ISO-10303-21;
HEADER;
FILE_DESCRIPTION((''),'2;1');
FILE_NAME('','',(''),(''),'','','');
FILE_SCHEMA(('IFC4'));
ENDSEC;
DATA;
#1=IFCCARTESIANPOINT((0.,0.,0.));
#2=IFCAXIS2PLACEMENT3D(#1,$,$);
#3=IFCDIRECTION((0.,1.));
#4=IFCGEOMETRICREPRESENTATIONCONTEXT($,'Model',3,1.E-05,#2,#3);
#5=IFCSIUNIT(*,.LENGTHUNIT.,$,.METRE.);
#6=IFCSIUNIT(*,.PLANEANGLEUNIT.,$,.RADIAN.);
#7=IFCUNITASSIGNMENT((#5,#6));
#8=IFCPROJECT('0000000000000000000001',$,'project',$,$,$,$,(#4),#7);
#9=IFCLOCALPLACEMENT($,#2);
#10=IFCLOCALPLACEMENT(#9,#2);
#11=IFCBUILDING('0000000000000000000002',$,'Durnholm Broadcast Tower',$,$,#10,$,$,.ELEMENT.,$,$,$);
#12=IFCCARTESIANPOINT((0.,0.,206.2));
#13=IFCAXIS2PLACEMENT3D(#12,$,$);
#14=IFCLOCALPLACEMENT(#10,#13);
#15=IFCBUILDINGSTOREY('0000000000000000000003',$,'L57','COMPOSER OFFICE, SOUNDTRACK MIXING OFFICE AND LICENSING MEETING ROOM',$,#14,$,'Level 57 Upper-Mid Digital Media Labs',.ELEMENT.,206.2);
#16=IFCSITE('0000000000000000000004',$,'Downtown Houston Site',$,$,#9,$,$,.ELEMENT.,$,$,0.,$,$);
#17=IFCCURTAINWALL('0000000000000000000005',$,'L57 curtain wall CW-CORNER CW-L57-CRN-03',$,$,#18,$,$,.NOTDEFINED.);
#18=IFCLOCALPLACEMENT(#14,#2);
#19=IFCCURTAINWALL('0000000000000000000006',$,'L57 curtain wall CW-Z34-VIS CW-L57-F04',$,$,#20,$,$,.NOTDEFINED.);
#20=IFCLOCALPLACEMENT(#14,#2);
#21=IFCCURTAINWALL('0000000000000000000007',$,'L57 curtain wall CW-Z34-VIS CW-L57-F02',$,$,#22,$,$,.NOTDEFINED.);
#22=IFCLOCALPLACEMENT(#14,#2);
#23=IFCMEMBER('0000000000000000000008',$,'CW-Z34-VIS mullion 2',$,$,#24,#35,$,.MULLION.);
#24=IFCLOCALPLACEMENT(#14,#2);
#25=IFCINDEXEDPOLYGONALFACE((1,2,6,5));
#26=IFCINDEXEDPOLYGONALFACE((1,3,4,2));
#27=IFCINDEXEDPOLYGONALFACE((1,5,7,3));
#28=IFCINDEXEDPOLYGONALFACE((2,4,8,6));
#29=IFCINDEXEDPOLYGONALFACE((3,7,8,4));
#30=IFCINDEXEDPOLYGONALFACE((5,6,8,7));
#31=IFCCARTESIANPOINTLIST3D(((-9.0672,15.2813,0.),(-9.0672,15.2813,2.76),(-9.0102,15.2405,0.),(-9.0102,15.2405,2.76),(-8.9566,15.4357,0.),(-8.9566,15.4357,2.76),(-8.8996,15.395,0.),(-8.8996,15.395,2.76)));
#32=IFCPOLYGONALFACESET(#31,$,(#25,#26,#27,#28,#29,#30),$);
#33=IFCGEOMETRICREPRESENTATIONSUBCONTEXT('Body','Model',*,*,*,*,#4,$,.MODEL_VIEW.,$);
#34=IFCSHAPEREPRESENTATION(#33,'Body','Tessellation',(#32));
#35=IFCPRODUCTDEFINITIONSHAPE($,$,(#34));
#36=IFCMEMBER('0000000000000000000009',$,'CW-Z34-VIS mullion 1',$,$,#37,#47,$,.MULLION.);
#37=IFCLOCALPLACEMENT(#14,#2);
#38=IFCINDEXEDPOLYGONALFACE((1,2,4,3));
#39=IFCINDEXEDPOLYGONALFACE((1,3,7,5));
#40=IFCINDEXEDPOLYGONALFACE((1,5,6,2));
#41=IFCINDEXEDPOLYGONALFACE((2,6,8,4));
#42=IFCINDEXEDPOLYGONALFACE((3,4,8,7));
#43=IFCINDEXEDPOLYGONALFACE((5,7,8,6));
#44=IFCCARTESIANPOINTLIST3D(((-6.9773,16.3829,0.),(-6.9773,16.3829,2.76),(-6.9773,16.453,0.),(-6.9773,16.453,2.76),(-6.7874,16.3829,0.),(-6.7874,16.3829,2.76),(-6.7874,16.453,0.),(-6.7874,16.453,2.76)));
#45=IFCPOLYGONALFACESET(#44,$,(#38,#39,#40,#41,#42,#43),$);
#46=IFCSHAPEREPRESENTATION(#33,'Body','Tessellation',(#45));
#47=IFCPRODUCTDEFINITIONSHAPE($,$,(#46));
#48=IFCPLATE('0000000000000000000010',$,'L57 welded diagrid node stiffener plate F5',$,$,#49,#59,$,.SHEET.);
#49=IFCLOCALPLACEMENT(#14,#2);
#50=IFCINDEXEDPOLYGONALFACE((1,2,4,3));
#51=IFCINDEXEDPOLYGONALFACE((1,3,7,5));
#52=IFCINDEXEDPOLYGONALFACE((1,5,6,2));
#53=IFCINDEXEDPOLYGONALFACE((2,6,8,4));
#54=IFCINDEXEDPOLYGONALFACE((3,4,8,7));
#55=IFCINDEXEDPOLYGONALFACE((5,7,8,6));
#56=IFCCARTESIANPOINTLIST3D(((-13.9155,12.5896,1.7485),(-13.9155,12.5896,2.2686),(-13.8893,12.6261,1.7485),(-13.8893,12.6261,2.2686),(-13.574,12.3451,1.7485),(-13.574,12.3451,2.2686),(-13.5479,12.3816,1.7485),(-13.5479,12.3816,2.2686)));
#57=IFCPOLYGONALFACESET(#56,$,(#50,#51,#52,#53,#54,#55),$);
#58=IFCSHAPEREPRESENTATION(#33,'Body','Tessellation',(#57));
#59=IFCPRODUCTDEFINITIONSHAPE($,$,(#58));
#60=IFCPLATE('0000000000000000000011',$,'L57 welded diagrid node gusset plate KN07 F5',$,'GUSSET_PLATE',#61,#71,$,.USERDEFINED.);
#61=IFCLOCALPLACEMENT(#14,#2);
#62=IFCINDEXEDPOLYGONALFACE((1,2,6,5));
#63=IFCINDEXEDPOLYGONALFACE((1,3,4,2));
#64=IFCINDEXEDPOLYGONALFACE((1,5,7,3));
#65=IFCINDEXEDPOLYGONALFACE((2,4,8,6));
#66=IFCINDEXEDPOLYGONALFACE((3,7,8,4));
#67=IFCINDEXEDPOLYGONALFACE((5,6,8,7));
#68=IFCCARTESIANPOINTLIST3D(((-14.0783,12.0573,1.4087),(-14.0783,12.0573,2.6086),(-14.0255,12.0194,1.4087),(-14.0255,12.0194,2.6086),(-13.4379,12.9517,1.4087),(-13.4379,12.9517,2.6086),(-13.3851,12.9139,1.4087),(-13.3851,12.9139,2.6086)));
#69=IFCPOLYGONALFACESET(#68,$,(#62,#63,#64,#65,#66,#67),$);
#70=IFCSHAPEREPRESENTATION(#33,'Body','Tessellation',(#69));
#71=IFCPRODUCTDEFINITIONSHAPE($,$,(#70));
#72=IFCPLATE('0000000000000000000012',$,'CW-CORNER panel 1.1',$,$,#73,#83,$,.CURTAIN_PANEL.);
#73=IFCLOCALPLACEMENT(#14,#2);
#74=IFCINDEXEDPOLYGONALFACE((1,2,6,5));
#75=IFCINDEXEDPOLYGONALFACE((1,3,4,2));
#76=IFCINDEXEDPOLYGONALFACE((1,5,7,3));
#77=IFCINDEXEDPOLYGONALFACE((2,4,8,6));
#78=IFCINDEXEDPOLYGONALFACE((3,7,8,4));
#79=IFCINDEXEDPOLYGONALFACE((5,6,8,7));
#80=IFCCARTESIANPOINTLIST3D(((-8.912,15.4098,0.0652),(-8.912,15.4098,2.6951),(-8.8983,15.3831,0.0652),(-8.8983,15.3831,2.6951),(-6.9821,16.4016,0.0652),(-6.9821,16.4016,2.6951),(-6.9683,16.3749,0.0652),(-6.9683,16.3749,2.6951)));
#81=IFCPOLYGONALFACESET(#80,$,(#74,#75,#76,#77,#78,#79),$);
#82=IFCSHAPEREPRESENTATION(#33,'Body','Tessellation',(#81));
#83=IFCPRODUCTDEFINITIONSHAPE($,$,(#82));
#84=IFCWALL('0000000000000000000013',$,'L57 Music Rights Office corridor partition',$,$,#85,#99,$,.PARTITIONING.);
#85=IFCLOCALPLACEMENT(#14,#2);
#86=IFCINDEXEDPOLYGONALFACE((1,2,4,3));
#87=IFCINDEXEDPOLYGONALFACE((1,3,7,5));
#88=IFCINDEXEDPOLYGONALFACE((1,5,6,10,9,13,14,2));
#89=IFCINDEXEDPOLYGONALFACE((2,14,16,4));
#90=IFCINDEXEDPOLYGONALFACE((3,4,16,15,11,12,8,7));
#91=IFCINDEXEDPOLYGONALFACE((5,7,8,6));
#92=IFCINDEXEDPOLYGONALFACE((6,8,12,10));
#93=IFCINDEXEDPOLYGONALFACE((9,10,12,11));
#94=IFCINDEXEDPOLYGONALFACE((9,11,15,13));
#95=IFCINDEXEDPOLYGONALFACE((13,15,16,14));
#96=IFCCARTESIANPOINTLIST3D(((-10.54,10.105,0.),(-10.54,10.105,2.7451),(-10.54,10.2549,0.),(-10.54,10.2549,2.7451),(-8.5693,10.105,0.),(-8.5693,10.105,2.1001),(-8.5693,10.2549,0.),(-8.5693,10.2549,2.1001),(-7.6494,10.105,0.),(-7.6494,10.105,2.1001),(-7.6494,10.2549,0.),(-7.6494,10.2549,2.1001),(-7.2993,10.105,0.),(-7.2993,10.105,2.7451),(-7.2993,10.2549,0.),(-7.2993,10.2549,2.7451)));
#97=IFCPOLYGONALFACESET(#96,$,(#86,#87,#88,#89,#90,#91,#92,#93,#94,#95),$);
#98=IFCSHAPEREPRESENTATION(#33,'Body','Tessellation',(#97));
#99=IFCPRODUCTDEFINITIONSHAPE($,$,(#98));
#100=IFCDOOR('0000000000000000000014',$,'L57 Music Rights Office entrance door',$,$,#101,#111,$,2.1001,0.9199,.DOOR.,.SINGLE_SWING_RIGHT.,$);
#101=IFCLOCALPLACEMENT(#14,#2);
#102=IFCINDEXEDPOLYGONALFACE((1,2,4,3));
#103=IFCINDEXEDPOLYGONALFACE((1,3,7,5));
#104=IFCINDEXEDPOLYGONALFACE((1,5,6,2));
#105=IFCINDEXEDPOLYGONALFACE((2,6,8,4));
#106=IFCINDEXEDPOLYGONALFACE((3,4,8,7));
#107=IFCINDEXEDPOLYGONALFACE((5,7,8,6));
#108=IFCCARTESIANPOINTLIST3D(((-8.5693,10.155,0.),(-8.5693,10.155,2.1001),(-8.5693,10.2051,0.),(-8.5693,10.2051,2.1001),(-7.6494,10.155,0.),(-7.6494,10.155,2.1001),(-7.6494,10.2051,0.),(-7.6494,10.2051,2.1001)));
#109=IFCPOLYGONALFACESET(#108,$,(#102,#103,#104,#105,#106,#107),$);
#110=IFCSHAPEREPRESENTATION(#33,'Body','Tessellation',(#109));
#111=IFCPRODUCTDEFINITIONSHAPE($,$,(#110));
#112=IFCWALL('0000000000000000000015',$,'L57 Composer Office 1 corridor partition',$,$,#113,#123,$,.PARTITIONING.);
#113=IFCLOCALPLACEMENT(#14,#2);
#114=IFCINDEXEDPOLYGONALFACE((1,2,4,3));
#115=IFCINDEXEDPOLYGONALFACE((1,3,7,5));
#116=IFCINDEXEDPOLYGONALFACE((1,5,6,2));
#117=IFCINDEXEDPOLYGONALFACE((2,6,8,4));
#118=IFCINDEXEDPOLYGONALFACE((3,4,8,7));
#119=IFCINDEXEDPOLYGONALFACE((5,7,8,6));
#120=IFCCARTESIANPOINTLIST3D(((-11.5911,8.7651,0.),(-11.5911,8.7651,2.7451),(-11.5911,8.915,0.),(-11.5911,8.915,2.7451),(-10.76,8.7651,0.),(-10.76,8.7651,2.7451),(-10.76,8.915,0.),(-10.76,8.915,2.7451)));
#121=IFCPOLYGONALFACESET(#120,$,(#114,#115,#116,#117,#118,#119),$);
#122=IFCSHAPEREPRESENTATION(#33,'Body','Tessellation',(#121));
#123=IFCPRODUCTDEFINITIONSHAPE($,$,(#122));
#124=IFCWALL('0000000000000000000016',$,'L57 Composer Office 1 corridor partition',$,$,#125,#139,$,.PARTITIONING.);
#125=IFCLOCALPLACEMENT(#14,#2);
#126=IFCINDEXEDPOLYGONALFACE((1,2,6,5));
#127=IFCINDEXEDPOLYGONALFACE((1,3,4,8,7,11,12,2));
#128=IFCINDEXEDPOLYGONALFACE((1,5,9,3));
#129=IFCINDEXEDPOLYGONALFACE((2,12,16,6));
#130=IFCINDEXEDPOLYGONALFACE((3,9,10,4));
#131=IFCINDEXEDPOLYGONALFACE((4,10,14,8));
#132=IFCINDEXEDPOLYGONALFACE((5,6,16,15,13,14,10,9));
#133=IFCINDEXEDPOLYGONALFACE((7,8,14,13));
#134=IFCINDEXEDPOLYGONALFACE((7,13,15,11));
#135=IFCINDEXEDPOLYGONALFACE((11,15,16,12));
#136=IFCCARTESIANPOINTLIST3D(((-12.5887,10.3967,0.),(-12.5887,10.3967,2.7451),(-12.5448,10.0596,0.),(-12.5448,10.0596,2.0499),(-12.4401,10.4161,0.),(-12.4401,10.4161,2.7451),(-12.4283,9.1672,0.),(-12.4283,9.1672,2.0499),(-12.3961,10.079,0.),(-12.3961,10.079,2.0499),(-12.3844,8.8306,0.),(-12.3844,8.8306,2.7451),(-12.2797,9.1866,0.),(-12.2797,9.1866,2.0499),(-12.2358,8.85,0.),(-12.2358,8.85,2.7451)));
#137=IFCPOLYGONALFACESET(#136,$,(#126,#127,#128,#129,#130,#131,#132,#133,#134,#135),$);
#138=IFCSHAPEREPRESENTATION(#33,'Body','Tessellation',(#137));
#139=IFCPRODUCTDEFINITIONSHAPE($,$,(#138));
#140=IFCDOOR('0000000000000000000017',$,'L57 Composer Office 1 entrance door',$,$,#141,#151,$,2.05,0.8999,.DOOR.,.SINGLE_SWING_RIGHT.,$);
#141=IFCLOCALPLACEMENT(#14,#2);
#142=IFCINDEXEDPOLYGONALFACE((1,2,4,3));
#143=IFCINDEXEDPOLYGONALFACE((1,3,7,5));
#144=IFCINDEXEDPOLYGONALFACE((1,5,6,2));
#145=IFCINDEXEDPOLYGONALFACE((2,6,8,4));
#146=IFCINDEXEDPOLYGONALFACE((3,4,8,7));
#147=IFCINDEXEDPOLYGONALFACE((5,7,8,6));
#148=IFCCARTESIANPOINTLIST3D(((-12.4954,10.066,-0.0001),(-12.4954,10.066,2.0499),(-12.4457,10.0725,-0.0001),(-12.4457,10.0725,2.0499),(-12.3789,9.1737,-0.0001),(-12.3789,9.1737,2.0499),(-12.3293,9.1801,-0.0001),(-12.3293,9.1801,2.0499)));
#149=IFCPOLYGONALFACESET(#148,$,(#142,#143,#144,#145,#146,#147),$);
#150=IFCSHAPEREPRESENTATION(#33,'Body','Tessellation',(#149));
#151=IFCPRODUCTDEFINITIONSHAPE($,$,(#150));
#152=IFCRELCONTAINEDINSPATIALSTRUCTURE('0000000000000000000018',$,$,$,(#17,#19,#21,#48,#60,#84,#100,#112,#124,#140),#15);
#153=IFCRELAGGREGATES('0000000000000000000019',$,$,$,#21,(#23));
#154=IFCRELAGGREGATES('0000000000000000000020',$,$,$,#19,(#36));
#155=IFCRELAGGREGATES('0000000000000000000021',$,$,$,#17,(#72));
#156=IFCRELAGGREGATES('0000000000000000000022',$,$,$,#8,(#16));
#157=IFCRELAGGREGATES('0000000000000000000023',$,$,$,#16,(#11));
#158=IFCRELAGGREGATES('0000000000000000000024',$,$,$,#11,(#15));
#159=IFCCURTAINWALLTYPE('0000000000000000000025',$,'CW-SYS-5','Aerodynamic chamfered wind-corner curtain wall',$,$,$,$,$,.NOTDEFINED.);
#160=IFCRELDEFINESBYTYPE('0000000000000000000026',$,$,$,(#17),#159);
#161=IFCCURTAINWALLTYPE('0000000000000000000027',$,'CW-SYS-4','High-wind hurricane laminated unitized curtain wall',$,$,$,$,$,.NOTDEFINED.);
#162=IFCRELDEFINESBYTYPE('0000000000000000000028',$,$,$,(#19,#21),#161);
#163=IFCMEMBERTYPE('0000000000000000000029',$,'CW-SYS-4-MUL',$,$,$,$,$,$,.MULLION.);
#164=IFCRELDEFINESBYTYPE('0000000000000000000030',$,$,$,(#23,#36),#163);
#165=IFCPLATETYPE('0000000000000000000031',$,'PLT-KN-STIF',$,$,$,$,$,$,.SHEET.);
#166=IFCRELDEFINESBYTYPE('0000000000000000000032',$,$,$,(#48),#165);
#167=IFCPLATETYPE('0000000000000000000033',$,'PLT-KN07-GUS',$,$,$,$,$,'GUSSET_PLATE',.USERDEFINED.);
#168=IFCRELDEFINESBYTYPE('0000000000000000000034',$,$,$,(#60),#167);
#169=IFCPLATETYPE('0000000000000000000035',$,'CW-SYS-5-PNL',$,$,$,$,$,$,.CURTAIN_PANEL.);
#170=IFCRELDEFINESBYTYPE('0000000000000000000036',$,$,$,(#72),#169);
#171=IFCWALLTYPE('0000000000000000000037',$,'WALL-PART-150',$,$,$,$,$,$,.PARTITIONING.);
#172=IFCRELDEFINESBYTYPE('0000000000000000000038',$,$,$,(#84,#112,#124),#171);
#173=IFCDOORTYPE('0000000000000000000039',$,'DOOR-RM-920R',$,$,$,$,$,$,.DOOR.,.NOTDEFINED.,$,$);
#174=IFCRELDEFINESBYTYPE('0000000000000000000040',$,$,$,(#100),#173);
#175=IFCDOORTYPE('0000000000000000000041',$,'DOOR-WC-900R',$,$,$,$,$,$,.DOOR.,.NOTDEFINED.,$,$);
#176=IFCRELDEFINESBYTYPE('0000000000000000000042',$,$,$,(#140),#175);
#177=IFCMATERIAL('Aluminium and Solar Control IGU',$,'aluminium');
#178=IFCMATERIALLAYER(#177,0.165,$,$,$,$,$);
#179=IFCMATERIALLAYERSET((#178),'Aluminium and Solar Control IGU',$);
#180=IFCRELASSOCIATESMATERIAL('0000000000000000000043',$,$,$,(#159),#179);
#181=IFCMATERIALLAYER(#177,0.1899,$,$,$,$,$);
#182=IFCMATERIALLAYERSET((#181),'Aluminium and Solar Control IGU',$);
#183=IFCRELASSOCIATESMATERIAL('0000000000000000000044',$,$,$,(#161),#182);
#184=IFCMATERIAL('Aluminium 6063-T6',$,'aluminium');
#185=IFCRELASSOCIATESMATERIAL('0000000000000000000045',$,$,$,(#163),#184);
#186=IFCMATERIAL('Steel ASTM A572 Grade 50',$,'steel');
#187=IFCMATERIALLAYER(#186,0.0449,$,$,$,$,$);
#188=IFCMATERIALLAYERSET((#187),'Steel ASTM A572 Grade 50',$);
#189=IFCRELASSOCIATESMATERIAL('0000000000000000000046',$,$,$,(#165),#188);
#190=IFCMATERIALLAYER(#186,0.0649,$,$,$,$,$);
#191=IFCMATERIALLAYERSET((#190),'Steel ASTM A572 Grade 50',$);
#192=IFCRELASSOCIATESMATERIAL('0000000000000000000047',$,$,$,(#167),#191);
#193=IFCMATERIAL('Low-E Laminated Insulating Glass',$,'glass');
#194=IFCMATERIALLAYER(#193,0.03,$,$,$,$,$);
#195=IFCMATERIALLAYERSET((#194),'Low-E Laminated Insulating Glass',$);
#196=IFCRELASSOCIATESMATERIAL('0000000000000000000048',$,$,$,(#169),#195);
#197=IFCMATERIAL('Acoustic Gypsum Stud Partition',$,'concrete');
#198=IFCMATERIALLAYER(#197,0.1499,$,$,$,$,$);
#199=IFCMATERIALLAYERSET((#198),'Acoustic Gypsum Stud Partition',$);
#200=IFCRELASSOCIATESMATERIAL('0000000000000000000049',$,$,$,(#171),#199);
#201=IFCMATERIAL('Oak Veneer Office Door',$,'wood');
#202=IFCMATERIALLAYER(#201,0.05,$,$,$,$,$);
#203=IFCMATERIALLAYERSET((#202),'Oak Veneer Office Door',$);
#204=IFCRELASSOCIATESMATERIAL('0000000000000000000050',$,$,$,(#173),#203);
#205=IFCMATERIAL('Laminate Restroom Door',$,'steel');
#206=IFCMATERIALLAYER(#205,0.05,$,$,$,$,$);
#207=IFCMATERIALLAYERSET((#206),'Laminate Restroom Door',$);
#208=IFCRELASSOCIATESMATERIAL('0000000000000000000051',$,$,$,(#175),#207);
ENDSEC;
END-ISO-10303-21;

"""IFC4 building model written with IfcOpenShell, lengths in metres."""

from ifc_helpers import new_model, si_unit, direction, frame, frame_2d, origin, origin_2d, place, context, subcontext, project, spatial, rectangle, extrude, source, transform, mapped, material, layer, layer_set, material_profile, profile_set, type_object, type_shapes, element, fill, aggregate, save


model = new_model("IFC4")

# Units and contexts
model_context = context("Model", 3, precision=1e-05, world=origin(), true_north=direction((0.0, 1.0)))
body_context = subcontext(model_context, "Body", "Model", "MODEL_VIEW")
ifc_project = project(units=[si_unit("LENGTHUNIT", "METRE"), si_unit("PLANEANGLEUNIT", "RADIAN")], contexts=[model_context])

# Site, building, storey
site_placement = place(None, origin())
site = spatial("IfcSite", under=ifc_project, at=site_placement, Name="Downtown Houston Site", CompositionType="ELEMENT", RefElevation=0.0)
building_placement = place(site_placement, origin())
building = spatial("IfcBuilding", under=site, at=building_placement, Name="Durnholm Broadcast Tower", CompositionType="ELEMENT")
storey_placement = place(building_placement, frame((0.0, 0.0, 206.2)))
storey = spatial("IfcBuildingStorey", under=building, at=storey_placement, Name="L57", Description="COMPOSER OFFICE, SOUNDTRACK MIXING OFFICE AND LICENSING MEETING ROOM", LongName="Level 57 Upper-Mid Digital Media Labs", CompositionType="ELEMENT", Elevation=206.2)

# Curtain walls
ifc_material_1 = material(Name="Aluminium and Solar Control IGU", Category="aluminium")
ifc_layer_1 = layer(ifc_material_1, 0.165)
ifc_layer_set_1 = layer_set([ifc_layer_1], Name="Aluminium and Solar Control IGU")
curtain_wall_type_1 = type_object("IfcCurtainWallType", Name="CW-SYS-5", Description="Aerodynamic chamfered wind-corner curtain wall", PredefinedType="NOTDEFINED", material=ifc_layer_set_1)
curtain_wall_1_placement = place(storey_placement, origin())
curtain_wall_1 = element("IfcCurtainWall", 1, at=curtain_wall_1_placement, inside=storey, type_object=curtain_wall_type_1, Name="L57 curtain wall CW-CORNER CW-L57-CRN-03", PredefinedType="NOTDEFINED")
ifc_material_2 = material(Name="Aluminium 6063-T6", Category="aluminium")
ifc_layer_2 = layer(ifc_material_1, 0.1899)
ifc_layer_set_2 = layer_set([ifc_layer_2], Name="Aluminium and Solar Control IGU")
curtain_wall_type_2 = type_object("IfcCurtainWallType", Name="CW-SYS-4", Description="High-wind hurricane laminated unitized curtain wall", PredefinedType="NOTDEFINED", material=ifc_layer_set_2)
curtain_wall_2_placement = place(storey_placement, origin())
curtain_wall_2 = element("IfcCurtainWall", 2, at=curtain_wall_2_placement, inside=storey, type_object=curtain_wall_type_2, Name="L57 curtain wall CW-Z34-VIS CW-L57-F04", PredefinedType="NOTDEFINED")

# Curtain wall, member
curtain_wall_3_placement = place(storey_placement, origin())
curtain_wall_3 = element("IfcCurtainWall", 3, at=curtain_wall_3_placement, inside=storey, type_object=curtain_wall_type_2, Name="L57 curtain wall CW-Z34-VIS CW-L57-F02", PredefinedType="NOTDEFINED")
ifc_material_profile_1 = material_profile(ifc_material_2, rectangle(XDim=0.0701, YDim=0.1899, at=origin_2d()), Name="CWM70X190")
ifc_profile_set_1 = profile_set([ifc_material_profile_1], Name="Aluminium 6063-T6")
member_type_1 = type_object("IfcMemberType", Name="CW-SYS-4-MUL", PredefinedType="MULLION", material=ifc_profile_set_1)
shared_shape_1 = source(origin(), body_context, "Body", "SweptSolid", [
    extrude(rectangle(XDim=0.0701, YDim=0.1899, at=origin_2d()), origin(), (0.0, 0.0, 1.0), 2.76),
])
type_shapes(member_type_1, [shared_shape_1])
member_1_placement = place(storey_placement, frame((-8.9834, 15.3381, 0.0), z_axis=(0.0, 0.0, 1.0), x_axis=(-0.813089, 0.582139, 0.0)))
member_1 = element("IfcMember", 4, at=member_1_placement, type_object=member_type_1, Name="CW-Z34-VIS mullion 2", PredefinedType="MULLION", context=body_context, shape_type="MappedRepresentation", body=[
    mapped(shared_shape_1, transform((0.0, 0.0, 0.0), x_axis=(1.0, 0.0, 0.0), y_axis=(0.0, 1.0, 0.0), z_axis=(0.0, 0.0, 1.0), scale=1.0)),
])
aggregate(curtain_wall_3, [member_1])

# Member
member_2_placement = place(storey_placement, frame((-6.8823, 16.418, 0.0), z_axis=(0.0, 0.0, 1.0), x_axis=(0.0, 1.0, 0.0)))
member_2 = element("IfcMember", 5, at=member_2_placement, type_object=member_type_1, Name="CW-Z34-VIS mullion 1", PredefinedType="MULLION", context=body_context, shape_type="MappedRepresentation", body=[
    mapped(shared_shape_1, transform((0.0, 0.0, 0.0), x_axis=(1.0, 0.0, 0.0), y_axis=(0.0, 1.0, 0.0), z_axis=(0.0, 0.0, 1.0), scale=1.0)),
])
aggregate(curtain_wall_2, [member_2])

# Plates
ifc_material_3 = material(Name="Steel ASTM A572 Grade 50", Category="steel")
ifc_layer_3 = layer(ifc_material_3, 0.0449)
ifc_layer_set_3 = layer_set([ifc_layer_3], Name="Steel ASTM A572 Grade 50")
plate_type_1 = type_object("IfcPlateType", Name="PLT-KN-STIF", PredefinedType="SHEET", material=ifc_layer_set_3)
shared_shape_2 = source(origin(), body_context, "Body", "SweptSolid", [
    extrude(rectangle(XDim=0.0449, YDim=0.4199, at=origin_2d()), origin(), (0.0, 0.0, 1.0), 0.52),
])
type_shapes(plate_type_1, [shared_shape_2])
plate_1_placement = place(storey_placement, frame((-13.7317, 12.4856, 1.7485), z_axis=(0.0, 0.0, 1.0), x_axis=(-0.582123, -0.813101, 0.0)))
element("IfcPlate", 6, at=plate_1_placement, inside=storey, type_object=plate_type_1, Name="L57 welded diagrid node stiffener plate F5", PredefinedType="SHEET", context=body_context, shape_type="MappedRepresentation", body=[
    mapped(shared_shape_2, transform((0.0, 0.0, 0.0), x_axis=(1.0, 0.0, 0.0), y_axis=(0.0, 1.0, 0.0), z_axis=(0.0, 0.0, 1.0), scale=1.0)),
])
ifc_layer_4 = layer(ifc_material_3, 0.0649)
ifc_layer_set_4 = layer_set([ifc_layer_4], Name="Steel ASTM A572 Grade 50")
plate_type_2 = type_object("IfcPlateType", Name="PLT-KN07-GUS", ElementType="GUSSET_PLATE", PredefinedType="USERDEFINED", material=ifc_layer_set_4)
shared_shape_3 = source(origin(), body_context, "Body", "SweptSolid", [
    extrude(rectangle(XDim=1.1001, YDim=0.0649, at=origin_2d()), origin(), (0.0, 0.0, 1.0), 1.2),
])
type_shapes(plate_type_2, [shared_shape_3])
plate_2_placement = place(storey_placement, frame((-13.7317, 12.4856, 1.4087), z_axis=(0.0, 0.0, 1.0), x_axis=(-0.582123, -0.813101, 0.0)))
element("IfcPlate", 7, at=plate_2_placement, inside=storey, type_object=plate_type_2, Name="L57 welded diagrid node gusset plate KN07 F5", ObjectType="GUSSET_PLATE", PredefinedType="USERDEFINED", context=body_context, shape_type="MappedRepresentation", body=[
    mapped(shared_shape_3, transform((0.0, 0.0, 0.0), x_axis=(1.0, 0.0, 0.0), y_axis=(0.0, 1.0, 0.0), z_axis=(0.0, 0.0, 1.0), scale=1.0)),
])

# Plate
ifc_material_4 = material(Name="Low-E Laminated Insulating Glass", Category="glass")
ifc_layer_5 = layer(ifc_material_4, 0.03)
ifc_layer_set_5 = layer_set([ifc_layer_5], Name="Low-E Laminated Insulating Glass")
plate_type_3 = type_object("IfcPlateType", Name="CW-SYS-5-PNL", PredefinedType="CURTAIN_PANEL", material=ifc_layer_set_5)
shared_shape_4 = source(origin(), body_context, "Body", "SweptSolid", [
    extrude(rectangle(XDim=2.1699, YDim=0.03, at=origin_2d()), origin(), (0.0, 0.0, 1.0), 2.6299),
])
type_shapes(plate_type_3, [shared_shape_4])
plate_3_placement = place(storey_placement, frame((-7.9402, 15.8923, 0.0652), z_axis=(0.0, 0.0, 1.0), x_axis=(0.889425, 0.457082, 0.0)))
plate_3 = element("IfcPlate", 8, at=plate_3_placement, type_object=plate_type_3, Name="CW-CORNER panel 1.1", PredefinedType="CURTAIN_PANEL", context=body_context, shape_type="MappedRepresentation", body=[
    mapped(shared_shape_4, transform((0.0, 0.0, 0.0), x_axis=(1.0, 0.0, 0.0), y_axis=(0.0, 1.0, 0.0), z_axis=(0.0, 0.0, 1.0), scale=1.0)),
])
aggregate(curtain_wall_1, [plate_3])

# Wall, opening, door
ifc_material_5 = material(Name="Acoustic Gypsum Stud Partition", Category="concrete")
ifc_layer_6 = layer(ifc_material_5, 0.1499)
ifc_layer_set_6 = layer_set([ifc_layer_6], Name="Acoustic Gypsum Stud Partition")
wall_type = type_object("IfcWallType", Name="WALL-PART-150", PredefinedType="PARTITIONING", material=ifc_layer_set_6)
wall_1_placement = place(storey_placement, frame((-7.2993, 10.1799, 0.0), z_axis=(0.0, 0.0, 1.0), x_axis=(-1.0, 0.0, 0.0)))
wall_1 = element("IfcWall", 9, at=wall_1_placement, inside=storey, type_object=wall_type, Name="L57 Music Rights Office corridor partition", PredefinedType="PARTITIONING", context=body_context, shape_type="SweptSolid", body=[
    extrude(rectangle(XDim=3.2407, YDim=0.1499, at=frame_2d((1.6204, 0.0))), origin(), (0.0, 0.0, 1.0), 2.7451),
])
opening_1_placement = place(wall_1_placement, frame((0.3501, 0.0, 0.0)))
opening_1 = element("IfcOpeningElement", 10, at=opening_1_placement, cuts=wall_1, PredefinedType="OPENING", context=body_context, shape_type="SweptSolid", body=[
    extrude(rectangle(XDim=0.9199, YDim=2.1001, at=frame_2d((0.46, 1.05))), frame((0.0, 0.085, 0.0), z_axis=(0.0, -1.0, 0.0), x_axis=(1.0, 0.0, 0.0)), (0.0, 0.0, 1.0), 0.1699),
])
ifc_material_6 = material(Name="Oak Veneer Office Door", Category="wood")
ifc_layer_7 = layer(ifc_material_6, 0.05)
ifc_layer_set_7 = layer_set([ifc_layer_7], Name="Oak Veneer Office Door")
door_type_1 = type_object("IfcDoorType", Name="DOOR-RM-920R", OperationType="NOTDEFINED", PredefinedType="DOOR", material=ifc_layer_set_7)
shared_shape_5 = source(origin(), body_context, "Body", "SweptSolid", [
    extrude(rectangle(XDim=0.9199, YDim=2.1001, at=frame_2d((0.46, 1.05))), frame((0.0, 0.0249, 0.0), z_axis=(0.0, -1.0, 0.0), x_axis=(1.0, 0.0, 0.0)), (0.0, 0.0, 1.0), 0.05),
])
type_shapes(door_type_1, [shared_shape_5])
door_1_placement = place(opening_1_placement, origin())
door_1 = element("IfcDoor", 11, at=door_1_placement, inside=storey, type_object=door_type_1, Name="L57 Music Rights Office entrance door", OperationType="SINGLE_SWING_RIGHT", OverallHeight=2.1001, OverallWidth=0.9199, PredefinedType="DOOR", context=body_context, shape_type="MappedRepresentation", body=[
    mapped(shared_shape_5, transform((0.0, 0.0, 0.0), x_axis=(1.0, 0.0, 0.0), y_axis=(0.0, 1.0, 0.0), z_axis=(0.0, 0.0, 1.0), scale=1.0)),
])
fill(opening_1, door_1)

# Wall
wall_2_placement = place(storey_placement, frame((-11.5911, 8.8401, 0.0), z_axis=(0.0, 0.0, 1.0), x_axis=(1.0, 0.0, 0.0)))
element("IfcWall", 12, at=wall_2_placement, inside=storey, type_object=wall_type, Name="L57 Composer Office 1 corridor partition", PredefinedType="PARTITIONING", context=body_context, shape_type="SweptSolid", body=[
    extrude(rectangle(XDim=0.8311, YDim=0.1499, at=frame_2d((0.4155, 0.0))), origin(), (0.0, 0.0, 1.0), 2.7451),
])

# Wall, opening, door
wall_3_placement = place(storey_placement, frame((-12.5144, 10.4062, 0.0), z_axis=(0.0, 0.0, 1.0), x_axis=(0.129379, -0.991595, 0.0)))
wall_3 = element("IfcWall", 13, at=wall_3_placement, inside=storey, type_object=wall_type, Name="L57 Composer Office 1 corridor partition", PredefinedType="PARTITIONING", context=body_context, shape_type="SweptSolid", body=[
    extrude(rectangle(XDim=1.5793, YDim=0.1499, at=frame_2d((0.7896, 0.0))), origin(), (0.0, 0.0, 1.0), 2.7451),
])
opening_2_placement = place(wall_3_placement, frame((0.3398, 0.0, 0.0)))
opening_2 = element("IfcOpeningElement", 14, at=opening_2_placement, cuts=wall_3, PredefinedType="OPENING", context=body_context, shape_type="SweptSolid", body=[
    extrude(rectangle(XDim=0.8999, YDim=2.05, at=frame_2d((0.45, 1.0249))), frame((0.0, 0.085, 0.0), z_axis=(0.0, -1.0, 0.0), x_axis=(1.0, 0.0, 0.0)), (0.0, 0.0, 1.0), 0.1699),
])
ifc_material_7 = material(Name="Laminate Restroom Door", Category="steel")
ifc_layer_8 = layer(ifc_material_7, 0.05)
ifc_layer_set_8 = layer_set([ifc_layer_8], Name="Laminate Restroom Door")
door_type_2 = type_object("IfcDoorType", Name="DOOR-WC-900R", OperationType="NOTDEFINED", PredefinedType="DOOR", material=ifc_layer_set_8)
shared_shape_6 = source(origin(), body_context, "Body", "SweptSolid", [
    extrude(rectangle(XDim=0.8999, YDim=2.05, at=frame_2d((0.45, 1.0249))), frame((0.0, 0.0249, 0.0), z_axis=(0.0, -1.0, 0.0), x_axis=(1.0, 0.0, 0.0)), (0.0, 0.0, 1.0), 0.05),
])
type_shapes(door_type_2, [shared_shape_6])
door_2_placement = place(opening_2_placement, origin())
door_2 = element("IfcDoor", 15, at=door_2_placement, inside=storey, type_object=door_type_2, Name="L57 Composer Office 1 entrance door", OperationType="SINGLE_SWING_RIGHT", OverallHeight=2.05, OverallWidth=0.8999, PredefinedType="DOOR", context=body_context, shape_type="MappedRepresentation", body=[
    mapped(shared_shape_6, transform((0.0, 0.0, 0.0), x_axis=(1.0, 0.0, 0.0), y_axis=(0.0, 1.0, 0.0), z_axis=(0.0, 0.0, 1.0), scale=1.0)),
])
fill(opening_2, door_2)

save(model, "model.ifc")
